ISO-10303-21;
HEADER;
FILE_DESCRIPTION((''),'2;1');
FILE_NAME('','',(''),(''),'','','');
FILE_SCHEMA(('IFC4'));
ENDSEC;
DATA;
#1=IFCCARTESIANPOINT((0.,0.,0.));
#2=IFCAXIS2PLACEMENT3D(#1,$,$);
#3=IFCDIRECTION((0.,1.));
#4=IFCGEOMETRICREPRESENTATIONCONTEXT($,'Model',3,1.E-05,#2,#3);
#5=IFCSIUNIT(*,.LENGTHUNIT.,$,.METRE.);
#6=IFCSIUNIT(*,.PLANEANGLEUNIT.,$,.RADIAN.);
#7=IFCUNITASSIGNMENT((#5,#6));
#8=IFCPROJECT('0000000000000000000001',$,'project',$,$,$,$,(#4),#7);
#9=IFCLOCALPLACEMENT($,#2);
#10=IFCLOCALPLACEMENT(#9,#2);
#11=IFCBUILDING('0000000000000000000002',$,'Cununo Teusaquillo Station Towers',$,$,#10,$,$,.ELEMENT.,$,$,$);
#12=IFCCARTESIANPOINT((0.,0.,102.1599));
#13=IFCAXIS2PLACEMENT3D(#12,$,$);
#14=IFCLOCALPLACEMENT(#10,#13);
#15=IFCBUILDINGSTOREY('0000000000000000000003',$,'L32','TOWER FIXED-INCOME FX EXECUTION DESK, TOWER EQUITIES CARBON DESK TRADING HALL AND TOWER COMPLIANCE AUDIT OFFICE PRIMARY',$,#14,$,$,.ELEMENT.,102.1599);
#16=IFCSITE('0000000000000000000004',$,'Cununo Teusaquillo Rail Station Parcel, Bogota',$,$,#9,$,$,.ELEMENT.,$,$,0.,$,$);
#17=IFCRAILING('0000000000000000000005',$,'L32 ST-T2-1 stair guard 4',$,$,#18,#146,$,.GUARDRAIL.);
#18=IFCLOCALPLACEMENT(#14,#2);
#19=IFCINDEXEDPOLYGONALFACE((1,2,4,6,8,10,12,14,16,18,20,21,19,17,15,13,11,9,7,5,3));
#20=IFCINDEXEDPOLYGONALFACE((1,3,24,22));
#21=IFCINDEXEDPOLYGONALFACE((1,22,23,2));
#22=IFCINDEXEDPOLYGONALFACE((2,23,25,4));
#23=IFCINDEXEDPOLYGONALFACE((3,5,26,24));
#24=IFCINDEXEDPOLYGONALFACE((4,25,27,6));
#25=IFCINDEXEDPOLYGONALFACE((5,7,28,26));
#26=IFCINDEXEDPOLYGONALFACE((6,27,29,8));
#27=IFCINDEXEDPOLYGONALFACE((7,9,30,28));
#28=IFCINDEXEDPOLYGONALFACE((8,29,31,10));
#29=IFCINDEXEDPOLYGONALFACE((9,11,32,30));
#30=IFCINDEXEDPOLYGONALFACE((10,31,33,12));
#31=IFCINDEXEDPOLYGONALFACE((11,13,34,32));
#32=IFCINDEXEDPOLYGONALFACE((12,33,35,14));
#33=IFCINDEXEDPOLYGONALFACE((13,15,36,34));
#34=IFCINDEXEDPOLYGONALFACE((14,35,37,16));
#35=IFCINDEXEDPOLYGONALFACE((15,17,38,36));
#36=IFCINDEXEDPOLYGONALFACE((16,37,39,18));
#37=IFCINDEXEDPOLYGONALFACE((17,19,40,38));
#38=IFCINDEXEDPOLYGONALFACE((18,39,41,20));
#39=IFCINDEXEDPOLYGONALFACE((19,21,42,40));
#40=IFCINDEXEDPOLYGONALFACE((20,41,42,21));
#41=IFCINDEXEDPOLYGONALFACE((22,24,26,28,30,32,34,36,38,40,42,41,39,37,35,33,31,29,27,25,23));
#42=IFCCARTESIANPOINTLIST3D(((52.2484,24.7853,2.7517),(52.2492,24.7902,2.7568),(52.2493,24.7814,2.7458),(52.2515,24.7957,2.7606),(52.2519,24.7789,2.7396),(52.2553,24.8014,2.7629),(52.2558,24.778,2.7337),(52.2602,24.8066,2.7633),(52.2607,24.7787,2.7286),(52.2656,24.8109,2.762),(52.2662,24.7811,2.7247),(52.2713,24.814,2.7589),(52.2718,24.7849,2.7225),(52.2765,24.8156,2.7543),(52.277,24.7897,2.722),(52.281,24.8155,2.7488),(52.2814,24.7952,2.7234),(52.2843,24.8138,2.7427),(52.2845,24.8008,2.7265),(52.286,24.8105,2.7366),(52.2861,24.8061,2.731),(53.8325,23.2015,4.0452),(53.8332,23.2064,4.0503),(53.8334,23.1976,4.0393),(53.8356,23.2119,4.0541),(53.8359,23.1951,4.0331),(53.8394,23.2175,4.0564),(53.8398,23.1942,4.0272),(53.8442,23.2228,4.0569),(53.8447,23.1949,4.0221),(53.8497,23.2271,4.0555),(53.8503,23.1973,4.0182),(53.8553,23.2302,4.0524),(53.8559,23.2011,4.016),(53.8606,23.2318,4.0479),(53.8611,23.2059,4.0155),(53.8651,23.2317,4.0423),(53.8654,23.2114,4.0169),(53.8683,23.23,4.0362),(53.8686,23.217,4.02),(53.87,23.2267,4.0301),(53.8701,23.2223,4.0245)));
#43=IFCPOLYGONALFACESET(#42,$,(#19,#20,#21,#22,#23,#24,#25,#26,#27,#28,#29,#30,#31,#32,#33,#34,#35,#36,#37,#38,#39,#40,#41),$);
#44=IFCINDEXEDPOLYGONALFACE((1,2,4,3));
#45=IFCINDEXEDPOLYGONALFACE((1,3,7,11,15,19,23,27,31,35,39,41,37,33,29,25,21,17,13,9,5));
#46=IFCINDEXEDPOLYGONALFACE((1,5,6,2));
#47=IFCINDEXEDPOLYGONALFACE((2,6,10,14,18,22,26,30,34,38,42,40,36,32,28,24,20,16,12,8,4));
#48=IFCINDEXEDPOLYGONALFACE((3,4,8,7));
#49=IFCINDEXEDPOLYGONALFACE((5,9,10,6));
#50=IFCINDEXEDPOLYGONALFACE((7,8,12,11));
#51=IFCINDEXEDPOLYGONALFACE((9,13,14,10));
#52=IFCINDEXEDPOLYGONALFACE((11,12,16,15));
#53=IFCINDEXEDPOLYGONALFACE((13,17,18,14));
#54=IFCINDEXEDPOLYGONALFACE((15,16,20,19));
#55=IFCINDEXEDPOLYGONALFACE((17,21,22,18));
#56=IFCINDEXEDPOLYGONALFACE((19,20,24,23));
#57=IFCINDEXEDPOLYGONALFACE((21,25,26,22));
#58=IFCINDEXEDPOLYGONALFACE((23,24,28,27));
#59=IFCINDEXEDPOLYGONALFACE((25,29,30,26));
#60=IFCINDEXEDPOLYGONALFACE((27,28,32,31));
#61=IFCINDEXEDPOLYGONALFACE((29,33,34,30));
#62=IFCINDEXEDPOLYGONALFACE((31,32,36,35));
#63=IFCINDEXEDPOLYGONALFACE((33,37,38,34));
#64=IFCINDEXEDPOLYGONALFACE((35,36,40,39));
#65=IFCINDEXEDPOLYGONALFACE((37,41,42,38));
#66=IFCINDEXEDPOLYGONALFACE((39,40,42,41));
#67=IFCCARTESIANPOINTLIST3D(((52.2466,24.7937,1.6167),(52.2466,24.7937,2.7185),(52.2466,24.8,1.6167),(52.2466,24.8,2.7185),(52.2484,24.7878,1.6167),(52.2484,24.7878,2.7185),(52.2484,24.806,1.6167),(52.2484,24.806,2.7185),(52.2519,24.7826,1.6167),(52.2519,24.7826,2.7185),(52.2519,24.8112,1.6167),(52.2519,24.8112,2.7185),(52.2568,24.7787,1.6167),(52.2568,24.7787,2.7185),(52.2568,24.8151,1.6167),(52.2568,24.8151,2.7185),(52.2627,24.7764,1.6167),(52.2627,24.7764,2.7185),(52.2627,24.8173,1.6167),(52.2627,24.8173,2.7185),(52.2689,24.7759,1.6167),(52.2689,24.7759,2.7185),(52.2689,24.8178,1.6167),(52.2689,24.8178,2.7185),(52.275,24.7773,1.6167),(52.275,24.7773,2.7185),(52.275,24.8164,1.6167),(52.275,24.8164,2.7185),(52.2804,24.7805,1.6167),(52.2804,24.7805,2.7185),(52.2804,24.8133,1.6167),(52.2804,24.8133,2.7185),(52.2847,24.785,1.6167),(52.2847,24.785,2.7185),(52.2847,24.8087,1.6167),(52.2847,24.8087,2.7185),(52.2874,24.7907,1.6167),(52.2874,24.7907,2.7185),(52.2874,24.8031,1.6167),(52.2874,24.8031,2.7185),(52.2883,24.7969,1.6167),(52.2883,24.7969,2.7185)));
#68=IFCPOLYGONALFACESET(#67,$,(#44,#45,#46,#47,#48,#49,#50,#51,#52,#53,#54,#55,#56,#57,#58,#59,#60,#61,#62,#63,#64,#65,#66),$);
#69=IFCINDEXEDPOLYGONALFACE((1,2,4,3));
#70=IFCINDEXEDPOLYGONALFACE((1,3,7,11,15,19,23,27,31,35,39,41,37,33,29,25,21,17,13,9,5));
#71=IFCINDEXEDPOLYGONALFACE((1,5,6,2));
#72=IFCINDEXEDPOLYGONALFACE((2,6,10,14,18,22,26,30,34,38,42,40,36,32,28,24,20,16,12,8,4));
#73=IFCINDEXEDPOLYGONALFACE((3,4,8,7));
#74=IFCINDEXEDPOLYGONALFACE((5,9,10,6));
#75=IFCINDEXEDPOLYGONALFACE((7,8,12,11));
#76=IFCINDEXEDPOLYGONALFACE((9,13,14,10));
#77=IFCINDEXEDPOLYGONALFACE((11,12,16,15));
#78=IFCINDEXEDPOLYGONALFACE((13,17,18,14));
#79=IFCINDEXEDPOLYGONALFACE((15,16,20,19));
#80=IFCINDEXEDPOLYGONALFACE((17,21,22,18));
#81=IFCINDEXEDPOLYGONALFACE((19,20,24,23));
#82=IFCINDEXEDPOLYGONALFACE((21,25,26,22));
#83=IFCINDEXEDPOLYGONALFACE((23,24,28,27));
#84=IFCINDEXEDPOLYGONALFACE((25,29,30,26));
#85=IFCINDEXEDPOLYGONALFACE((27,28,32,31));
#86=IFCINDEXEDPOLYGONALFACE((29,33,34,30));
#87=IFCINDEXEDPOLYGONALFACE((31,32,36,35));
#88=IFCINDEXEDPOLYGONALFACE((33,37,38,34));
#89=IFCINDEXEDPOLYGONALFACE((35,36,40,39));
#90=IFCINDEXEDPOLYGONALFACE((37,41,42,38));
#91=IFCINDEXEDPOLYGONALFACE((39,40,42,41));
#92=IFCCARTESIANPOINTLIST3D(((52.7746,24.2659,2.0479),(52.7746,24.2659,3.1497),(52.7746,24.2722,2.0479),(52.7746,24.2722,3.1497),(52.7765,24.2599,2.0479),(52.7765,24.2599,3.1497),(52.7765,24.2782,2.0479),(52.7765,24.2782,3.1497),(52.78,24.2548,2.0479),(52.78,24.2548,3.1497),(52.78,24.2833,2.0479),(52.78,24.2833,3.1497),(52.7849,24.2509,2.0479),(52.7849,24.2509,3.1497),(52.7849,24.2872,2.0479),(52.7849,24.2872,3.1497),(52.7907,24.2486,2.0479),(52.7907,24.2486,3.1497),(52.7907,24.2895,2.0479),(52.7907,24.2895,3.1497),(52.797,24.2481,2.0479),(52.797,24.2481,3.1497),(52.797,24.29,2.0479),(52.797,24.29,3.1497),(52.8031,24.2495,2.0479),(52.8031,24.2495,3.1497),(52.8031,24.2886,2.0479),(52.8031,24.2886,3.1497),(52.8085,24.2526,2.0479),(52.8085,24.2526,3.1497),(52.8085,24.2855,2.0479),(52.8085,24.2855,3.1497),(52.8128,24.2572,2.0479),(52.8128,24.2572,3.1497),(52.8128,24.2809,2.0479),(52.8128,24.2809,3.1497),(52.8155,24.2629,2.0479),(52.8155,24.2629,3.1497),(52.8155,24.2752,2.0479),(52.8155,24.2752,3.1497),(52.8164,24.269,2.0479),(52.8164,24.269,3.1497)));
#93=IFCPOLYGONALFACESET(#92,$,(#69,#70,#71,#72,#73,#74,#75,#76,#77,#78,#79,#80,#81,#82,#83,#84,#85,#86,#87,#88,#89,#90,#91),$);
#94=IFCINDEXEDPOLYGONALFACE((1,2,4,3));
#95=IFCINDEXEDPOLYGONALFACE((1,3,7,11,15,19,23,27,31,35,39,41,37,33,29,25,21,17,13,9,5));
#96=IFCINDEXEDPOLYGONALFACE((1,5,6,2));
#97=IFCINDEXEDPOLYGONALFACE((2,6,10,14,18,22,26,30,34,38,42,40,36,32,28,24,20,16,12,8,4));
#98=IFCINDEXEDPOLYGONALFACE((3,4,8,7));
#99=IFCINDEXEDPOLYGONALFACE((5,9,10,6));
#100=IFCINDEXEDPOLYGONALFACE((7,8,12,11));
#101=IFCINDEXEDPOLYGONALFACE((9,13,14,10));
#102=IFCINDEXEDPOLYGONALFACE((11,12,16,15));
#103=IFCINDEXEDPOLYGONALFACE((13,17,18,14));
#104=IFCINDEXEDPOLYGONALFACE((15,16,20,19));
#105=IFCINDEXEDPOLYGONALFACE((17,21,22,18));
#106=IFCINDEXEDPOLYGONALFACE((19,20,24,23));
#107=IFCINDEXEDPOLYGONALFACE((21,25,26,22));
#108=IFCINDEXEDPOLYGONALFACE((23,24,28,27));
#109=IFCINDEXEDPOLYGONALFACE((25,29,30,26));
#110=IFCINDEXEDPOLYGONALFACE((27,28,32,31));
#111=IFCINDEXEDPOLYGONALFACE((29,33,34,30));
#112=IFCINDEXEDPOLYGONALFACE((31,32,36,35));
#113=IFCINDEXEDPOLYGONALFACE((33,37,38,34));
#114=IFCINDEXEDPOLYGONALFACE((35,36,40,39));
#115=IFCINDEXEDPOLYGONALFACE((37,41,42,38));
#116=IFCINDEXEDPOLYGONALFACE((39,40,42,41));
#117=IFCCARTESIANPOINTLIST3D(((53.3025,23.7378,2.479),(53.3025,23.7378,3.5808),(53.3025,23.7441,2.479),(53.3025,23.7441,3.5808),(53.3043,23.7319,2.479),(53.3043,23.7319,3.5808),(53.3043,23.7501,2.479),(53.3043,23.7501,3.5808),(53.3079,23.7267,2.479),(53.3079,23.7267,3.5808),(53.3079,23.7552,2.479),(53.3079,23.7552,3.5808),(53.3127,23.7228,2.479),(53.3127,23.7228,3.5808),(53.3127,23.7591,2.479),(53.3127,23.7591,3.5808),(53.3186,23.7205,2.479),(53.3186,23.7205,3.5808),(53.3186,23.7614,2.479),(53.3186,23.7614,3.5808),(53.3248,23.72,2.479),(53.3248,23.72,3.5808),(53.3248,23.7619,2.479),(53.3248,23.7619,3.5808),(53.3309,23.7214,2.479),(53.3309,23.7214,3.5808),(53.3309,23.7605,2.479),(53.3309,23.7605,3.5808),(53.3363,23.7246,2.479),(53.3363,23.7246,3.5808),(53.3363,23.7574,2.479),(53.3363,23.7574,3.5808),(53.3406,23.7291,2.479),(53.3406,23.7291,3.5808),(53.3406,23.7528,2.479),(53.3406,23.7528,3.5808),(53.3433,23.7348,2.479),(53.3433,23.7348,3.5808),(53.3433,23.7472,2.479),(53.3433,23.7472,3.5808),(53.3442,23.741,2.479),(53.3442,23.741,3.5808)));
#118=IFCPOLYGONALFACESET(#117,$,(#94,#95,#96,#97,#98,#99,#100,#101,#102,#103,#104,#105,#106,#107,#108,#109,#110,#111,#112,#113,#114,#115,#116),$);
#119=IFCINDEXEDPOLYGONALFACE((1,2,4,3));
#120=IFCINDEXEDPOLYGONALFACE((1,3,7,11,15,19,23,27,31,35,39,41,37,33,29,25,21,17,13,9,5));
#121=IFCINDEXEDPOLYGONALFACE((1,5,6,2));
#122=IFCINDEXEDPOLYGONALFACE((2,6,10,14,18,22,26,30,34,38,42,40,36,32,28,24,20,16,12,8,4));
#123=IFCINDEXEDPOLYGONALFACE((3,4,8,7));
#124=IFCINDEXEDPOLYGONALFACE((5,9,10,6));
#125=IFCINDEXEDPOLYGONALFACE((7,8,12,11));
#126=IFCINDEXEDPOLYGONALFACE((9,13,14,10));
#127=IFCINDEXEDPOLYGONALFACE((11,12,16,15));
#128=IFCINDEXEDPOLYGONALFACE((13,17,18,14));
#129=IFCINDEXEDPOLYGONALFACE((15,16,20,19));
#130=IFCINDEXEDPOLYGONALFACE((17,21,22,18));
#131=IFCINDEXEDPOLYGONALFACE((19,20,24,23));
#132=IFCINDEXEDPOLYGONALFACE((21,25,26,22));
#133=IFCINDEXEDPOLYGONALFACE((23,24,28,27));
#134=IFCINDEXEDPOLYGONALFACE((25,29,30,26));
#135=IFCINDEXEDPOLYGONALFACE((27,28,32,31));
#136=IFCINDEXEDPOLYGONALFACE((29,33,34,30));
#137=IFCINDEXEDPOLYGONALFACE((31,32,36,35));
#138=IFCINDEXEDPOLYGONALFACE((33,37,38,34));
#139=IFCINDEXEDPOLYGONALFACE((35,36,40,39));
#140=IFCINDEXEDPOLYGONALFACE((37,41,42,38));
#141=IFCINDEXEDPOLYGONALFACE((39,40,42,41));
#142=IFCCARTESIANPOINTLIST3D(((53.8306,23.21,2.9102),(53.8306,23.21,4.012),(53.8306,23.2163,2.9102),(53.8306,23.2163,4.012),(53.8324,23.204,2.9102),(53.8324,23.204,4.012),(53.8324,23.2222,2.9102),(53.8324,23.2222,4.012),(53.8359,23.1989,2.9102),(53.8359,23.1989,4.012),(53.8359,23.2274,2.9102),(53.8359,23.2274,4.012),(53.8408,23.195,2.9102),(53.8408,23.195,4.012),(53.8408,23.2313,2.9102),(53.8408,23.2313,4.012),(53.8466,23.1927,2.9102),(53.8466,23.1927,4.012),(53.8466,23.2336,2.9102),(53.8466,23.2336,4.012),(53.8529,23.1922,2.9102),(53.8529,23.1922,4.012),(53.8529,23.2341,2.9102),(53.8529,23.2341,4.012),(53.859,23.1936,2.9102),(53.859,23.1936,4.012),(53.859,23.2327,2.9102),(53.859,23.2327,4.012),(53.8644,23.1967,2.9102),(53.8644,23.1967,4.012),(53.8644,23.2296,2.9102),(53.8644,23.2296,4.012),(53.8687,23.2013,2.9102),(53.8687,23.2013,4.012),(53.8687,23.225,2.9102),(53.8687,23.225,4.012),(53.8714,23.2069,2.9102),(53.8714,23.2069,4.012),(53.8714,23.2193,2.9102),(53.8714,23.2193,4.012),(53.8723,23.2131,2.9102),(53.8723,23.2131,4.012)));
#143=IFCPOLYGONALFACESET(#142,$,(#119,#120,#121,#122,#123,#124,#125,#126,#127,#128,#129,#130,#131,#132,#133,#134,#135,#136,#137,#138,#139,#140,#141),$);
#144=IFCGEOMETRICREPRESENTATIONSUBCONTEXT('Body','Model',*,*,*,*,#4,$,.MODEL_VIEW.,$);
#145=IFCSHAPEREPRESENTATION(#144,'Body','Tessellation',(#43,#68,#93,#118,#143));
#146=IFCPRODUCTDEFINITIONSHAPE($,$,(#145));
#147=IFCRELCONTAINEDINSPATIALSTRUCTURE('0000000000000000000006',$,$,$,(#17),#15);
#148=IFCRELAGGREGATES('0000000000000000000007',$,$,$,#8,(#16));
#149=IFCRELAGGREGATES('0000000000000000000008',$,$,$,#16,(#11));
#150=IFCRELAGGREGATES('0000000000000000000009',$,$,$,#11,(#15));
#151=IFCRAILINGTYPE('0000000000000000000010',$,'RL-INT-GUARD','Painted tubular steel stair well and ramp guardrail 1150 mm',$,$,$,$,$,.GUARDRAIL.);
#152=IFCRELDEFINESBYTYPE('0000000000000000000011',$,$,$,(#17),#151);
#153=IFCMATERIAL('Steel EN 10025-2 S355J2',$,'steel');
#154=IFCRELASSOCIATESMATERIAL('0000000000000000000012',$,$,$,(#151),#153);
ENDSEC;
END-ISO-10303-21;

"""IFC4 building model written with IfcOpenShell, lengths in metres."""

from ifc_helpers import new_model, si_unit, direction, frame, origin, origin_2d, place, context, subcontext, project, spatial, circle, extrude, material, type_object, element, save


model = new_model("IFC4")

# Units and contexts
model_context = context("Model", 3, precision=1e-05, world=origin(), true_north=direction((0.0, 1.0)))
body_context = subcontext(model_context, "Body", "Model", "MODEL_VIEW")
ifc_project = project(units=[si_unit("LENGTHUNIT", "METRE"), si_unit("PLANEANGLEUNIT", "RADIAN")], contexts=[model_context])

# Site, building, storey
site_placement = place(None, origin())
site = spatial("IfcSite", under=ifc_project, at=site_placement, Name="Cununo Teusaquillo Rail Station Parcel, Bogota", CompositionType="ELEMENT", RefElevation=0.0)
building_placement = place(site_placement, origin())
building = spatial("IfcBuilding", under=site, at=building_placement, Name="Cununo Teusaquillo Station Towers", CompositionType="ELEMENT")
storey_placement = place(building_placement, frame((0.0, 0.0, 102.1599)))
storey = spatial("IfcBuildingStorey", under=building, at=storey_placement, Name="L32", Description="TOWER FIXED-INCOME FX EXECUTION DESK, TOWER EQUITIES CARBON DESK TRADING HALL AND TOWER COMPLIANCE AUDIT OFFICE PRIMARY", CompositionType="ELEMENT", Elevation=102.1599)

# Railing
ifc_material_1 = material(Name="Steel EN 10025-2 S355J2", Category="steel")
railing_type_1 = type_object("IfcRailingType", Name="RL-INT-GUARD", Description="Painted tubular steel stair well and ramp guardrail 1150 mm", PredefinedType="GUARDRAIL", material=ifc_material_1)
railing_1_placement = place(storey_placement, frame((52.2673, 24.7969, 1.6167)))
element("IfcRailing", 1, at=railing_1_placement, inside=storey, type_object=railing_type_1, Name="L32 ST-T2-1 stair guard 4", PredefinedType="GUARDRAIL", context=body_context, shape_type="SweptSolid", body=[
    extrude(circle(Radius=0.0239, at=origin_2d()), frame((0.0, 0.0, 1.126), z_axis=(0.612391, -0.612297, 0.500069), x_axis=(0.707052, 0.707161, 0.0)), (0.0, 0.0, 1.0), 2.5867),
    extrude(circle(Radius=0.021, at=origin_2d()), origin(), (0.0, 0.0, 1.0), 1.1018),
    extrude(circle(Radius=0.021, at=origin_2d()), frame((0.5281, -0.5278, 0.4312)), (0.0, 0.0, 1.0), 1.1018),
    extrude(circle(Radius=0.021, at=origin_2d()), frame((1.0559, -1.0559, 0.8623)), (0.0, 0.0, 1.0), 1.1018),
    extrude(circle(Radius=0.021, at=origin_2d()), frame((1.584, -1.5837, 1.2935)), (0.0, 0.0, 1.0), 1.1018),
])

save(model, "model.ifc")
